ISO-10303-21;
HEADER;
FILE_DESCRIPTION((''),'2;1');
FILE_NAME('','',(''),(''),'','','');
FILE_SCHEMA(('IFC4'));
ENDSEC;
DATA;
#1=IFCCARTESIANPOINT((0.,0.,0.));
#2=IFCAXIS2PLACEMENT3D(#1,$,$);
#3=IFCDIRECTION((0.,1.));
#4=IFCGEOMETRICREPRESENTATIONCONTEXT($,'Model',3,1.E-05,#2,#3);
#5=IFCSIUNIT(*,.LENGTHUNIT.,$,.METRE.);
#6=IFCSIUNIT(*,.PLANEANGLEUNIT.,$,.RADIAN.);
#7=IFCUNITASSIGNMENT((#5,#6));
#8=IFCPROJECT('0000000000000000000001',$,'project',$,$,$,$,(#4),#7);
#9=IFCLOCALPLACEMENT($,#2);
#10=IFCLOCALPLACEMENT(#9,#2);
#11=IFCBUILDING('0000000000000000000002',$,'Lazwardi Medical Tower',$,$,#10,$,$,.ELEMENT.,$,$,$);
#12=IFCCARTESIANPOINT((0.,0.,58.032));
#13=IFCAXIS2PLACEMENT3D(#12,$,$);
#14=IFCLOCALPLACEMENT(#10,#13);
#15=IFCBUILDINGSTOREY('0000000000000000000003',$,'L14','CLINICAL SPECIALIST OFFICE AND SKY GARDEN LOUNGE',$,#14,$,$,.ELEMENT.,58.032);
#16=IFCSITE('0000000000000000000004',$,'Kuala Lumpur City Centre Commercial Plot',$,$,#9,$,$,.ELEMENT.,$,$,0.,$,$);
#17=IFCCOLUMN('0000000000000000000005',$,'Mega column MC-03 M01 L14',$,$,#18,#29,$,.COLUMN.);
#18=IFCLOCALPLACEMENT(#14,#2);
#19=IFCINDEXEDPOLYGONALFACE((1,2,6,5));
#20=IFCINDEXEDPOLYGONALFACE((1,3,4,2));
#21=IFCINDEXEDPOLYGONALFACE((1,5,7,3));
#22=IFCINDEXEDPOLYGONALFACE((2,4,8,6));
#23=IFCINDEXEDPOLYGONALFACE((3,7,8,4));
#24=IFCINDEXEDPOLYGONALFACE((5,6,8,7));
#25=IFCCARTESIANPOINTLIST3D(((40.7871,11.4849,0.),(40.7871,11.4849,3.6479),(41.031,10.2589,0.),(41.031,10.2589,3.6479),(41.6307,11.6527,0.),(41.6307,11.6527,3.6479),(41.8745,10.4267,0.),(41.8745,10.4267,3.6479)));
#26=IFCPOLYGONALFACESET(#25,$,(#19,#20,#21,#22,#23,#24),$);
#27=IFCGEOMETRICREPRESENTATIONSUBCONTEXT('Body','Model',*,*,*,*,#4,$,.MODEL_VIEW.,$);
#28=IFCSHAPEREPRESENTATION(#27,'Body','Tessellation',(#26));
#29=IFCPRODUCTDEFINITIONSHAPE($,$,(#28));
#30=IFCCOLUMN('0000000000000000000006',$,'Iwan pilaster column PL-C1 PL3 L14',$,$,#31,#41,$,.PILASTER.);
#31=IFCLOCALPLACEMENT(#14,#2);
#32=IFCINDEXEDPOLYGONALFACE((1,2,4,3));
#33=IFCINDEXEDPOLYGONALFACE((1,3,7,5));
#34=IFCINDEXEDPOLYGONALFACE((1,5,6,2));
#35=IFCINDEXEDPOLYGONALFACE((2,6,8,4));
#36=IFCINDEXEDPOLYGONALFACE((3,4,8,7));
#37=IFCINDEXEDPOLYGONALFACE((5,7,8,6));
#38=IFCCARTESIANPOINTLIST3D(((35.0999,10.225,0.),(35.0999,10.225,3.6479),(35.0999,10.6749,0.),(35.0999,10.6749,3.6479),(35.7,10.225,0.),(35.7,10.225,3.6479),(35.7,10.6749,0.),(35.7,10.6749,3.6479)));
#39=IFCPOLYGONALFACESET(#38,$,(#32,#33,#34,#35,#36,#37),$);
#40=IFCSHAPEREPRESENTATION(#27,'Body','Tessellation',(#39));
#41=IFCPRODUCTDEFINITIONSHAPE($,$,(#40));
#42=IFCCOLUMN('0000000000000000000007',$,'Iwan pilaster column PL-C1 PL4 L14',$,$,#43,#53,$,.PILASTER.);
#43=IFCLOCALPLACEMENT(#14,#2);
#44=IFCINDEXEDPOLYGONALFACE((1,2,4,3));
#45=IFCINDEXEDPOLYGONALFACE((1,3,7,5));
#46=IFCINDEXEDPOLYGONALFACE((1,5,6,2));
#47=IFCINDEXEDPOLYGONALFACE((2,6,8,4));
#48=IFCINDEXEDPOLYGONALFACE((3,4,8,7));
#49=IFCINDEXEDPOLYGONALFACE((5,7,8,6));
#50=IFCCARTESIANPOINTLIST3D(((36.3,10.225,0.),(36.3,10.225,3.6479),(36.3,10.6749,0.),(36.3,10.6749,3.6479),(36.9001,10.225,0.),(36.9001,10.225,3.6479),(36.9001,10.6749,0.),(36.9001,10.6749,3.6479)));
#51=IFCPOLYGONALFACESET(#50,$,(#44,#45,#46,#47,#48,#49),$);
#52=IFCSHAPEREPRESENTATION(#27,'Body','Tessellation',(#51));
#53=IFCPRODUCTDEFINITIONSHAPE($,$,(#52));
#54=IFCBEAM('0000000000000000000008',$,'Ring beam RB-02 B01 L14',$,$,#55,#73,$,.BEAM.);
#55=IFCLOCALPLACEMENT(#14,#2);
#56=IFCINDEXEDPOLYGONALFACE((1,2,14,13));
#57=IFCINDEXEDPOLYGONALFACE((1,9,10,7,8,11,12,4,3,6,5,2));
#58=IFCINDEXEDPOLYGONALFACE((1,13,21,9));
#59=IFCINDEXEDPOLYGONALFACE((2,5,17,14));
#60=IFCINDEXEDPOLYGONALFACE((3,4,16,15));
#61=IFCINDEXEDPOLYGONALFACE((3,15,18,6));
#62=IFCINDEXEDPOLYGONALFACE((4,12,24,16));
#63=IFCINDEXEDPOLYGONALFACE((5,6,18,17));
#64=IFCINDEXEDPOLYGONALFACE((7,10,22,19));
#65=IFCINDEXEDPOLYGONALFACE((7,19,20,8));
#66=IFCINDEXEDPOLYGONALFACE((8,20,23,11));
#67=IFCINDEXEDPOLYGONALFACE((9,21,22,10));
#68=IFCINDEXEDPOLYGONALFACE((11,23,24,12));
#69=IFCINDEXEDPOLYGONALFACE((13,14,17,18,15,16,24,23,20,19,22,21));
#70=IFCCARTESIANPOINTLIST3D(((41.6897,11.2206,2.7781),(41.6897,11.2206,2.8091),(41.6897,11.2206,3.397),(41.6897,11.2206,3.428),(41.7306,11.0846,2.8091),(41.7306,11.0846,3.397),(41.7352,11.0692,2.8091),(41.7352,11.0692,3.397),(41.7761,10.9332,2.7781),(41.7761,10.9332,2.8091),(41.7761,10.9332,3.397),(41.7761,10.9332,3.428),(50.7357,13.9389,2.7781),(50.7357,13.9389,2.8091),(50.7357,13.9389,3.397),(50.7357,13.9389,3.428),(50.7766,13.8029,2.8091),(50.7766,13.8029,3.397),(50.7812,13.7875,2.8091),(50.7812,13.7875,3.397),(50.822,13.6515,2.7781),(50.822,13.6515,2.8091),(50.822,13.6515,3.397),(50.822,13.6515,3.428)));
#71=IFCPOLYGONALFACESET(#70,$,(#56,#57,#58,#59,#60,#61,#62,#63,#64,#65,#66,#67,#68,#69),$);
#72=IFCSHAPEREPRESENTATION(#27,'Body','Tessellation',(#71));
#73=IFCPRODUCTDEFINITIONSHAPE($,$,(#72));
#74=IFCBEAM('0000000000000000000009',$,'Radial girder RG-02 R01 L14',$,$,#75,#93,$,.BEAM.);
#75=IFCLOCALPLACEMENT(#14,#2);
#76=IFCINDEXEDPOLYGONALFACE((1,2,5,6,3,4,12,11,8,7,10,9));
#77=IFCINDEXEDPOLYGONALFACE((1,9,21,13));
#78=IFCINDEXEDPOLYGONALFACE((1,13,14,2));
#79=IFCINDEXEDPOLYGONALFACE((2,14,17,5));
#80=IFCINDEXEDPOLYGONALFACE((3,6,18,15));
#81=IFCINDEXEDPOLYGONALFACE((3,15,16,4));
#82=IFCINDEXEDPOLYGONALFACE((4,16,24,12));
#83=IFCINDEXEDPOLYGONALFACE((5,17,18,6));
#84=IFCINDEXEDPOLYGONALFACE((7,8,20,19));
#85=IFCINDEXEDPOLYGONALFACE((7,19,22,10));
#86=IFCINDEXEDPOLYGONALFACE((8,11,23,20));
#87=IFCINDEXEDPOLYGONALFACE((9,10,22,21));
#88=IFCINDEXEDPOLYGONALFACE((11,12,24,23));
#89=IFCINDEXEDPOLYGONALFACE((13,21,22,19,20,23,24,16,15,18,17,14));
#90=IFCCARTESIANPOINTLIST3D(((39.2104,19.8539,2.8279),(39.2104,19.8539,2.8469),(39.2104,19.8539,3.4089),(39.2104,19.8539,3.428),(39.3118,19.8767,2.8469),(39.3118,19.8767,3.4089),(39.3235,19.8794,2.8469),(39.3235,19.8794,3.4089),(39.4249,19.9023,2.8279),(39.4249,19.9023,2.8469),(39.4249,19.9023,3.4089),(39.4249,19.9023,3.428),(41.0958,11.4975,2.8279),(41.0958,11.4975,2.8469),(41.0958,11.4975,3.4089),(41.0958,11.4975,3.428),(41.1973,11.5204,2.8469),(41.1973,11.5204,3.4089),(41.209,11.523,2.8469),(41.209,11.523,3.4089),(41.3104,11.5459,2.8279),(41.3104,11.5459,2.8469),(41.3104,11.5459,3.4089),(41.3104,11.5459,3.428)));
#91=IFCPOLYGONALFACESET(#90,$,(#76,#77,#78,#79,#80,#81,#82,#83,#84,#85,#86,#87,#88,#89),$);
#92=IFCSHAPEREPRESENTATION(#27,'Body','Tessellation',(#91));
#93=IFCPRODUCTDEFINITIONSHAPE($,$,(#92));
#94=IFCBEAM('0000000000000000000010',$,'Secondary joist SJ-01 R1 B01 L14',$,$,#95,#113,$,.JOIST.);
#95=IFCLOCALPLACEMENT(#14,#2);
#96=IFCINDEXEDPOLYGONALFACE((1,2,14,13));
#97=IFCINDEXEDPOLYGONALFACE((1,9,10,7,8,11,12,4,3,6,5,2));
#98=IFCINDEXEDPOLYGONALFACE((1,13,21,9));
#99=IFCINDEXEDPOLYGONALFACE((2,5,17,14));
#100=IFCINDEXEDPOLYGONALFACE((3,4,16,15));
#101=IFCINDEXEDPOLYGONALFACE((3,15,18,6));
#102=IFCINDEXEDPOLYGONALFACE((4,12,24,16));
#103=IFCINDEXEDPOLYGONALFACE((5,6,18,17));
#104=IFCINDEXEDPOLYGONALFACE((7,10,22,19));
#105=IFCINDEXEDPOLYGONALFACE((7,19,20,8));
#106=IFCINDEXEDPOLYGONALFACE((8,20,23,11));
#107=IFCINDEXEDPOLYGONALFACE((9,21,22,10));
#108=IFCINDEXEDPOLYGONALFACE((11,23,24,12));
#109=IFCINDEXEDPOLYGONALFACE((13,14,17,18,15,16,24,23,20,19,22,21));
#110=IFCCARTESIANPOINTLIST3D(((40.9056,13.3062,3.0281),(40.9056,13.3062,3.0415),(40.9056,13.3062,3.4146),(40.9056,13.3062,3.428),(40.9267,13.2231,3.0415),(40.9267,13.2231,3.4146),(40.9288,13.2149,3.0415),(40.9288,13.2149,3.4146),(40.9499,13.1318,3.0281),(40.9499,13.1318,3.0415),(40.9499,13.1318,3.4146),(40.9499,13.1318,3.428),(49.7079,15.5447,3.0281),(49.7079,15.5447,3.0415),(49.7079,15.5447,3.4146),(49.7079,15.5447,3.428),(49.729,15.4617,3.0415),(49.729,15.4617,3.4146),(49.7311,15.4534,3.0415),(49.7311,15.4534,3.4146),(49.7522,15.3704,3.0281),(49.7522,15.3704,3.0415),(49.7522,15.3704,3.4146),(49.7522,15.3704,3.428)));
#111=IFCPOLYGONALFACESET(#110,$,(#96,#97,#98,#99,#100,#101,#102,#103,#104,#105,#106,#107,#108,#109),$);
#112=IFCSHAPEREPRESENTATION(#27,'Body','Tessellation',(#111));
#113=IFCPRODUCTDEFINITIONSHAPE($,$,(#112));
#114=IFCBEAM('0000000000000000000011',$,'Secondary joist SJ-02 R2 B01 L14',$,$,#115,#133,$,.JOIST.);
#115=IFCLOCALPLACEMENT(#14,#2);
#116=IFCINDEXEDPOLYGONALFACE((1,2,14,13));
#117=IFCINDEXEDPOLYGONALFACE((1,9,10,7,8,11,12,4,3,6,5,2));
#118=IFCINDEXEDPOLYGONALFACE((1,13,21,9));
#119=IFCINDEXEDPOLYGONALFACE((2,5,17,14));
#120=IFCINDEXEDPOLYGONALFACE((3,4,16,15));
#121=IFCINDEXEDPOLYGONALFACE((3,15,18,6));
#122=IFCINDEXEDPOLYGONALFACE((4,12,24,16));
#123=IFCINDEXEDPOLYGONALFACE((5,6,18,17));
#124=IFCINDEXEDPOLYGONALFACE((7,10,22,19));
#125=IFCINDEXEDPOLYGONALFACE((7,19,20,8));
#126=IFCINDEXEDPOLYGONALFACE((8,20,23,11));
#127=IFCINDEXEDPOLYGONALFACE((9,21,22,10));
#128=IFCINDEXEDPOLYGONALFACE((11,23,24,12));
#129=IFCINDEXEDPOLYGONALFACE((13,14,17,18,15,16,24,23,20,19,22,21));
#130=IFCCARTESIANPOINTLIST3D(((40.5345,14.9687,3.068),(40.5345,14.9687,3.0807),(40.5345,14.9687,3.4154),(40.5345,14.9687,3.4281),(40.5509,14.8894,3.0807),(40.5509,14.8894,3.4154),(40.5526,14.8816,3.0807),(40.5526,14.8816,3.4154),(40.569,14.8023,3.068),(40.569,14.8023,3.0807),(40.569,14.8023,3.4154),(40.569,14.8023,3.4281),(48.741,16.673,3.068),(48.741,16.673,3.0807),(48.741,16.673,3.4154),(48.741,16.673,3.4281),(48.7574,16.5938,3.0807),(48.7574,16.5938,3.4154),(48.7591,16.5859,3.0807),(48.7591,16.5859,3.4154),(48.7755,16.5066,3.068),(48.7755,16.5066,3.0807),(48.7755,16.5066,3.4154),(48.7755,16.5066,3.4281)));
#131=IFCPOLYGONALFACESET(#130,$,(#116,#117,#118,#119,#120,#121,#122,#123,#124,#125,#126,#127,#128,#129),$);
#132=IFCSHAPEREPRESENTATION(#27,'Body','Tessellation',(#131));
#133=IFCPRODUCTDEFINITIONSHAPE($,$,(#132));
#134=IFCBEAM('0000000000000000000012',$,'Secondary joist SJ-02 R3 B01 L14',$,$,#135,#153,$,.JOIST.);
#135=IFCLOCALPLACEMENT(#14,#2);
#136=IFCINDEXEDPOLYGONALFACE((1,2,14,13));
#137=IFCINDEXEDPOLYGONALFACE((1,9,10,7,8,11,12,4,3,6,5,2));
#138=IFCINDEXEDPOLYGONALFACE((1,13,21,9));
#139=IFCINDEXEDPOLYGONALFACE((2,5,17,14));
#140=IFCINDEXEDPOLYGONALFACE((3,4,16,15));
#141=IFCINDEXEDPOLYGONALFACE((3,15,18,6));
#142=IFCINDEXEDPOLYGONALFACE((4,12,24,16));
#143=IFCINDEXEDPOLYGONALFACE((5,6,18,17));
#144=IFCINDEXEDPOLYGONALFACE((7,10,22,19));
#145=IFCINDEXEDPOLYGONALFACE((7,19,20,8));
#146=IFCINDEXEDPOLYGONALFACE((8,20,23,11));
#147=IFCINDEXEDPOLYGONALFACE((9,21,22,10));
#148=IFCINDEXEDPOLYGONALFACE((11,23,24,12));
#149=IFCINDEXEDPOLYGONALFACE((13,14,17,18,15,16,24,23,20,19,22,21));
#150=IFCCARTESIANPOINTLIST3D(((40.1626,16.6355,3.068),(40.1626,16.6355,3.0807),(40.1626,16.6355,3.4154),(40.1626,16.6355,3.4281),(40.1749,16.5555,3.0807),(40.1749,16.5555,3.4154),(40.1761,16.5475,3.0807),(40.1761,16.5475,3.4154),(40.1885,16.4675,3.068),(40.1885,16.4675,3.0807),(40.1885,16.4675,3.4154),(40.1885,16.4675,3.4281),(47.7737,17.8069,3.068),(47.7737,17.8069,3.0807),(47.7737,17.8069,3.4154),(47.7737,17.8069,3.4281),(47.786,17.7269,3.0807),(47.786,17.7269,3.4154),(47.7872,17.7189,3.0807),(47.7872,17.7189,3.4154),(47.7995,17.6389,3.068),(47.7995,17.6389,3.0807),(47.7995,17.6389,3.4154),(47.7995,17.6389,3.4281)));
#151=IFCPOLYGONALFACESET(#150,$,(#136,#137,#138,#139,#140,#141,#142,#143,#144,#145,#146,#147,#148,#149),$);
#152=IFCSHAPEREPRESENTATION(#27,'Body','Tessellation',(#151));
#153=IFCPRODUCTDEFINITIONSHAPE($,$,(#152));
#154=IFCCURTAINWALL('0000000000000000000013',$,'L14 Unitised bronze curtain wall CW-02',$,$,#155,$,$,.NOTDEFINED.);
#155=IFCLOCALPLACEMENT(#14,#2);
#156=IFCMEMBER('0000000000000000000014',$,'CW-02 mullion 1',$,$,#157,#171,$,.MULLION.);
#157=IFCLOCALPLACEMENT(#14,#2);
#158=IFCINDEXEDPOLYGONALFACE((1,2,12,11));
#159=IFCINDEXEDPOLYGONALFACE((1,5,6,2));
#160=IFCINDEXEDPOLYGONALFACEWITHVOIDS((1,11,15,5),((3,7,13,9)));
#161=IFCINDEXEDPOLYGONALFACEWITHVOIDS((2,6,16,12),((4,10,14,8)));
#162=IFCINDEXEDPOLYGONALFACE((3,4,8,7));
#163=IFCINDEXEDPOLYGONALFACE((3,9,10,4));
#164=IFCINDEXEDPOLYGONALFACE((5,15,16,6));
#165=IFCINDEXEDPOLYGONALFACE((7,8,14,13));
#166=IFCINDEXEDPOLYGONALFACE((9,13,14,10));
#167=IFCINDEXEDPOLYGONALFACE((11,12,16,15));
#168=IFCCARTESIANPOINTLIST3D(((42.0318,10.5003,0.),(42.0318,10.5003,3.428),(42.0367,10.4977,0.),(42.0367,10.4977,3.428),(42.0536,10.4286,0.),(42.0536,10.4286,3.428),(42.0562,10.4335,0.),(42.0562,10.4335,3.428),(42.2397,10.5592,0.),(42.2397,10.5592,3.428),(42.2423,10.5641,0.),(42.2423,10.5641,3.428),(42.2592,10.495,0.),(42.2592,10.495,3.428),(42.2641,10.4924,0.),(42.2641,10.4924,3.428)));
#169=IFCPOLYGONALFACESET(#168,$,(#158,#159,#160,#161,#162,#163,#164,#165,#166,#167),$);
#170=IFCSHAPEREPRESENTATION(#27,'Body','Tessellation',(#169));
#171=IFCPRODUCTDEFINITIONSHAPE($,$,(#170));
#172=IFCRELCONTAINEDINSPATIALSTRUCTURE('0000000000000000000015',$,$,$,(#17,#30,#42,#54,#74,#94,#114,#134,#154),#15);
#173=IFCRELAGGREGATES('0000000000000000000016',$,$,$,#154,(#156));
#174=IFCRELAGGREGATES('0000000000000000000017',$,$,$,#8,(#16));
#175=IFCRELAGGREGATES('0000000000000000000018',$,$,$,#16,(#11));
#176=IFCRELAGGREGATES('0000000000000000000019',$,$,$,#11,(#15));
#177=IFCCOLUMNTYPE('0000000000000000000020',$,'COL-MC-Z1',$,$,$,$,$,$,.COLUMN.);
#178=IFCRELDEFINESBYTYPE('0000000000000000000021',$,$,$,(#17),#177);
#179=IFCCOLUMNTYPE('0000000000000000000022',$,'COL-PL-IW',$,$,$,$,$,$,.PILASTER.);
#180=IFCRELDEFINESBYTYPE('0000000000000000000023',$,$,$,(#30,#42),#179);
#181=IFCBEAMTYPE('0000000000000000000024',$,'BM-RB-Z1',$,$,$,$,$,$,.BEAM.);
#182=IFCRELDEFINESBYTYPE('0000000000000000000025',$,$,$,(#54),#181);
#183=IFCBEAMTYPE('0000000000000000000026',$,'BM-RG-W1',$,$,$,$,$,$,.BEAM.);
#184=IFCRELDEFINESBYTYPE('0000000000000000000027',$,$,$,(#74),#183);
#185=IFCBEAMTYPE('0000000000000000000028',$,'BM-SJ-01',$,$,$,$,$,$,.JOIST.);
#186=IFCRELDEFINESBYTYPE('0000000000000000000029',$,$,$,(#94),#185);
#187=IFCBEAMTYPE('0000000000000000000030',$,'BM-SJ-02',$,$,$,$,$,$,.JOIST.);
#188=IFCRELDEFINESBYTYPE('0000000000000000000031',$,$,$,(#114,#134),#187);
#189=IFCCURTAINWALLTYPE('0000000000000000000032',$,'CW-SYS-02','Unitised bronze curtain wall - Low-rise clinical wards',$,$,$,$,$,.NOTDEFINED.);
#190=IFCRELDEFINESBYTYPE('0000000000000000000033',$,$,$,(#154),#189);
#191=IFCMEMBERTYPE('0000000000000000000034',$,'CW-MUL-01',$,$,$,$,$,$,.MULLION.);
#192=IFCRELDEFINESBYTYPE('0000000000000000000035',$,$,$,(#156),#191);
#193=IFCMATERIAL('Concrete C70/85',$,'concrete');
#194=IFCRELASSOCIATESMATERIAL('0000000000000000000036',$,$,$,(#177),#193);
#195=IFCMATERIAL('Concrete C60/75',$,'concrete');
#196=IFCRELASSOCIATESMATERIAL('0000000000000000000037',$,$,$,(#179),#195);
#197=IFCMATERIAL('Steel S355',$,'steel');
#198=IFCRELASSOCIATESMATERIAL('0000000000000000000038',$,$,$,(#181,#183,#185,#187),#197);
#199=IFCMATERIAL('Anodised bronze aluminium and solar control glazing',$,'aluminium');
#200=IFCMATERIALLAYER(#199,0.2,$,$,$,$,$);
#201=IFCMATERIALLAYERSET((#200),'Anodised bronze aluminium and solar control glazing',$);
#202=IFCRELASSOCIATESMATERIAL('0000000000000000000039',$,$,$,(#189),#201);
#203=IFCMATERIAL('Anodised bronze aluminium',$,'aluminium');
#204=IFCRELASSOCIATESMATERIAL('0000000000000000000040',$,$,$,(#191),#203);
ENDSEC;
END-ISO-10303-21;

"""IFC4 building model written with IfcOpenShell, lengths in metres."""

from ifc_helpers import new_model, si_unit, direction, frame, origin, origin_2d, place, context, subcontext, project, spatial, rectangle, hollow_rectangle, i_section, extrude, material, layer, layer_set, material_profile, profile_set, type_object, element, aggregate, save


model = new_model("IFC4")

# Units and contexts
model_context = context("Model", 3, precision=1e-05, world=origin(), true_north=direction((0.0, 1.0)))
body_context = subcontext(model_context, "Body", "Model", "MODEL_VIEW")
ifc_project = project(units=[si_unit("LENGTHUNIT", "METRE"), si_unit("PLANEANGLEUNIT", "RADIAN")], contexts=[model_context])

# Site, building, storey
site_placement = place(None, origin())
site = spatial("IfcSite", under=ifc_project, at=site_placement, Name="Kuala Lumpur City Centre Commercial Plot", CompositionType="ELEMENT", RefElevation=0.0)
building_placement = place(site_placement, origin())
building = spatial("IfcBuilding", under=site, at=building_placement, Name="Lazwardi Medical Tower", CompositionType="ELEMENT")
storey_placement = place(building_placement, frame((0.0, 0.0, 58.032)))
storey = spatial("IfcBuildingStorey", under=building, at=storey_placement, Name="L14", Description="CLINICAL SPECIALIST OFFICE AND SKY GARDEN LOUNGE", CompositionType="ELEMENT", Elevation=58.032)

# Columns
ifc_material_1 = material(Name="Concrete C70/85", Category="concrete")
ifc_material_profile_1 = material_profile(ifc_material_1, rectangle(XDim=1.25, YDim=0.8601, at=origin_2d()), Name="CFT-RECT 1250x860")
ifc_profile_set_1 = profile_set([ifc_material_profile_1], Name="Concrete C70/85")
column_type_1 = type_object("IfcColumnType", Name="COL-MC-Z1", PredefinedType="COLUMN", material=ifc_profile_set_1)
column_placement = place(storey_placement, frame((41.3308, 10.9558, 0.0), z_axis=(0.0, 0.0, 1.0), x_axis=(0.19509, -0.980785, 0.0)))
element("IfcColumn", 1, at=column_placement, inside=storey, type_object=column_type_1, Name="Mega column MC-03 M01 L14", PredefinedType="COLUMN", context=body_context, shape_type="SweptSolid", body=[
    extrude(rectangle(XDim=1.25, YDim=0.8601, at=origin_2d()), origin(), (0.0, 0.0, 1.0), 3.6479),
])
ifc_material_2 = material(Name="Concrete C60/75", Category="concrete")
ifc_material_profile_2 = material_profile(ifc_material_2, rectangle(XDim=0.6001, YDim=0.45, at=origin_2d()), Name="RC 600x450")
ifc_profile_set_2 = profile_set([ifc_material_profile_2], Name="Concrete C60/75")
column_type_2 = type_object("IfcColumnType", Name="COL-PL-IW", PredefinedType="PILASTER", material=ifc_profile_set_2)
for number, where, z_axis, x_axis, name in (
    (2, (35.3999, 10.45, 0.0), (0.0, 0.0, 1.0), (1.0, 0.0, 0.0), "Iwan pilaster column PL-C1 PL3 L14"),
    (3, (36.6001, 10.45, 0.0), (0.0, 0.0, 1.0), (1.0, 0.0, 0.0), "Iwan pilaster column PL-C1 PL4 L14"),
):
    element("IfcColumn", number, at=place(storey_placement, frame(where, z_axis=z_axis, x_axis=x_axis)), inside=storey, type_object=column_type_2, Name=name, PredefinedType="PILASTER", context=body_context, shape_type="SweptSolid", body=[
        extrude(rectangle(XDim=0.6001, YDim=0.45, at=origin_2d()), origin(), (0.0, 0.0, 1.0), 3.6479),
    ])

# Beams
ifc_material_3 = material(Name="Steel S355", Category="steel")
ifc_material_profile_3 = material_profile(ifc_material_3, i_section(OverallWidth=0.3, OverallDepth=0.6499, WebThickness=0.0161, FlangeThickness=0.031, at=origin_2d()), Name="HEB 650")
ifc_profile_set_3 = profile_set([ifc_material_profile_3], Name="Steel S355")
beam_type_1 = type_object("IfcBeamType", Name="BM-RB-Z1", PredefinedType="BEAM", material=ifc_profile_set_3)
beam_1_placement = place(storey_placement, frame((41.7329, 11.0769, 3.103), z_axis=(0.957695, 0.287784, 0.0), x_axis=(-0.287784, 0.957695, 0.0)))
element("IfcBeam", 4, at=beam_1_placement, inside=storey, type_object=beam_type_1, Name="Ring beam RB-02 B01 L14", PredefinedType="BEAM", context=body_context, shape_type="SweptSolid", body=[
    extrude(i_section(OverallWidth=0.3, OverallDepth=0.6499, WebThickness=0.0161, FlangeThickness=0.031, at=origin_2d()), origin(), (0.0, 0.0, 1.0), 9.4456),
])
ifc_material_profile_4 = material_profile(ifc_material_3, i_section(OverallWidth=0.22, OverallDepth=0.6001, WebThickness=0.012, FlangeThickness=0.019, at=origin_2d()), Name="IPE 600")
ifc_profile_set_4 = profile_set([ifc_material_profile_4], Name="Steel S355")
beam_type_2 = type_object("IfcBeamType", Name="BM-RG-W1", PredefinedType="BEAM", material=ifc_profile_set_4)
beam_2_placement = place(storey_placement, frame((41.2031, 11.5217, 3.1279), z_axis=(-0.220101, 0.975477, 0.0), x_axis=(-0.975477, -0.220101, 0.0)))
element("IfcBeam", 5, at=beam_2_placement, inside=storey, type_object=beam_type_2, Name="Radial girder RG-02 R01 L14", PredefinedType="BEAM", context=body_context, shape_type="SweptSolid", body=[
    extrude(i_section(OverallWidth=0.22, OverallDepth=0.6001, WebThickness=0.012, FlangeThickness=0.019, at=origin_2d()), origin(), (0.0, 0.0, 1.0), 8.5664),
])
ifc_material_profile_5 = material_profile(ifc_material_3, i_section(OverallWidth=0.1799, OverallDepth=0.3999, WebThickness=0.0085, FlangeThickness=0.0134, at=origin_2d()), Name="IPE 400")
ifc_profile_set_5 = profile_set([ifc_material_profile_5], Name="Steel S355")
beam_type_3 = type_object("IfcBeamType", Name="BM-SJ-01", PredefinedType="JOIST", material=ifc_profile_set_5)
beam_3_placement = place(storey_placement, frame((40.9277, 13.219, 3.228), z_axis=(0.969151, 0.246468, 0.0), x_axis=(-0.246468, 0.969151, 0.0)))
element("IfcBeam", 6, at=beam_3_placement, inside=storey, type_object=beam_type_3, Name="Secondary joist SJ-01 R1 B01 L14", PredefinedType="JOIST", context=body_context, shape_type="SweptSolid", body=[
    extrude(i_section(OverallWidth=0.1799, OverallDepth=0.3999, WebThickness=0.0085, FlangeThickness=0.0134, at=origin_2d()), origin(), (0.0, 0.0, 1.0), 9.0825),
])
ifc_material_profile_6 = material_profile(ifc_material_3, i_section(OverallWidth=0.1699, OverallDepth=0.3601, WebThickness=0.0081, FlangeThickness=0.0127, at=origin_2d()), Name="IPE 360")
ifc_profile_set_6 = profile_set([ifc_material_profile_6], Name="Steel S355")
beam_type_4 = type_object("IfcBeamType", Name="BM-SJ-02", PredefinedType="JOIST", material=ifc_profile_set_6)
beam_4_placement = place(storey_placement, frame((40.5518, 14.8855, 3.248), z_axis=(0.979108, 0.203342, 0.0), x_axis=(-0.203342, 0.979108, 0.0)))
element("IfcBeam", 7, at=beam_4_placement, inside=storey, type_object=beam_type_4, Name="Secondary joist SJ-02 R2 B01 L14", PredefinedType="JOIST", context=body_context, shape_type="SweptSolid", body=[
    extrude(i_section(OverallWidth=0.1699, OverallDepth=0.3601, WebThickness=0.0081, FlangeThickness=0.0127, at=origin_2d()), origin(), (0.0, 0.0, 1.0), 8.3816),
])
beam_5_placement = place(storey_placement, frame((40.1755, 16.5515, 3.248), z_axis=(0.988363, 0.152114, 0.0), x_axis=(-0.152114, 0.988363, 0.0)))
element("IfcBeam", 8, at=beam_5_placement, inside=storey, type_object=beam_type_4, Name="Secondary joist SJ-02 R3 B01 L14", PredefinedType="JOIST", context=body_context, shape_type="SweptSolid", body=[
    extrude(i_section(OverallWidth=0.1699, OverallDepth=0.3601, WebThickness=0.0081, FlangeThickness=0.0127, at=origin_2d()), origin(), (0.0, 0.0, 1.0), 7.7007),
])

# Curtain wall, member
ifc_material_4 = material(Name="Anodised bronze aluminium and solar control glazing", Category="aluminium")
ifc_layer_1 = layer(ifc_material_4, 0.2)
ifc_layer_set_1 = layer_set([ifc_layer_1], Name="Anodised bronze aluminium and solar control glazing")
curtain_wall_type_1 = type_object("IfcCurtainWallType", Name="CW-SYS-02", Description="Unitised bronze curtain wall - Low-rise clinical wards", PredefinedType="NOTDEFINED", material=ifc_layer_set_1)
curtain_wall_1_placement = place(storey_placement, origin())
curtain_wall_1 = element("IfcCurtainWall", 9, at=curtain_wall_1_placement, inside=storey, type_object=curtain_wall_type_1, Name="L14 Unitised bronze curtain wall CW-02", PredefinedType="NOTDEFINED")
ifc_material_5 = material(Name="Anodised bronze aluminium", Category="aluminium")
ifc_material_profile_7 = material_profile(ifc_material_5, hollow_rectangle(XDim=0.075, YDim=0.22, WallThickness=0.0039, at=origin_2d()), Name="ALU-MULLION 220x75x4")
ifc_profile_set_7 = profile_set([ifc_material_profile_7], Name="Anodised bronze aluminium")
member_type_1 = type_object("IfcMemberType", Name="CW-MUL-01", PredefinedType="MULLION", material=ifc_profile_set_7)
member_1_placement = place(storey_placement, frame((42.1479, 10.4963, 0.0), z_axis=(0.0, 0.0, 1.0), x_axis=(-0.289896, 0.957058, 0.0)))
member_1 = element("IfcMember", 10, at=member_1_placement, type_object=member_type_1, Name="CW-02 mullion 1", PredefinedType="MULLION", context=body_context, shape_type="SweptSolid", body=[
    extrude(hollow_rectangle(XDim=0.075, YDim=0.22, WallThickness=0.0039, at=origin_2d()), origin(), (0.0, 0.0, 1.0), 3.428),
])

aggregate(curtain_wall_1, [member_1])

save(model, "model.ifc")
